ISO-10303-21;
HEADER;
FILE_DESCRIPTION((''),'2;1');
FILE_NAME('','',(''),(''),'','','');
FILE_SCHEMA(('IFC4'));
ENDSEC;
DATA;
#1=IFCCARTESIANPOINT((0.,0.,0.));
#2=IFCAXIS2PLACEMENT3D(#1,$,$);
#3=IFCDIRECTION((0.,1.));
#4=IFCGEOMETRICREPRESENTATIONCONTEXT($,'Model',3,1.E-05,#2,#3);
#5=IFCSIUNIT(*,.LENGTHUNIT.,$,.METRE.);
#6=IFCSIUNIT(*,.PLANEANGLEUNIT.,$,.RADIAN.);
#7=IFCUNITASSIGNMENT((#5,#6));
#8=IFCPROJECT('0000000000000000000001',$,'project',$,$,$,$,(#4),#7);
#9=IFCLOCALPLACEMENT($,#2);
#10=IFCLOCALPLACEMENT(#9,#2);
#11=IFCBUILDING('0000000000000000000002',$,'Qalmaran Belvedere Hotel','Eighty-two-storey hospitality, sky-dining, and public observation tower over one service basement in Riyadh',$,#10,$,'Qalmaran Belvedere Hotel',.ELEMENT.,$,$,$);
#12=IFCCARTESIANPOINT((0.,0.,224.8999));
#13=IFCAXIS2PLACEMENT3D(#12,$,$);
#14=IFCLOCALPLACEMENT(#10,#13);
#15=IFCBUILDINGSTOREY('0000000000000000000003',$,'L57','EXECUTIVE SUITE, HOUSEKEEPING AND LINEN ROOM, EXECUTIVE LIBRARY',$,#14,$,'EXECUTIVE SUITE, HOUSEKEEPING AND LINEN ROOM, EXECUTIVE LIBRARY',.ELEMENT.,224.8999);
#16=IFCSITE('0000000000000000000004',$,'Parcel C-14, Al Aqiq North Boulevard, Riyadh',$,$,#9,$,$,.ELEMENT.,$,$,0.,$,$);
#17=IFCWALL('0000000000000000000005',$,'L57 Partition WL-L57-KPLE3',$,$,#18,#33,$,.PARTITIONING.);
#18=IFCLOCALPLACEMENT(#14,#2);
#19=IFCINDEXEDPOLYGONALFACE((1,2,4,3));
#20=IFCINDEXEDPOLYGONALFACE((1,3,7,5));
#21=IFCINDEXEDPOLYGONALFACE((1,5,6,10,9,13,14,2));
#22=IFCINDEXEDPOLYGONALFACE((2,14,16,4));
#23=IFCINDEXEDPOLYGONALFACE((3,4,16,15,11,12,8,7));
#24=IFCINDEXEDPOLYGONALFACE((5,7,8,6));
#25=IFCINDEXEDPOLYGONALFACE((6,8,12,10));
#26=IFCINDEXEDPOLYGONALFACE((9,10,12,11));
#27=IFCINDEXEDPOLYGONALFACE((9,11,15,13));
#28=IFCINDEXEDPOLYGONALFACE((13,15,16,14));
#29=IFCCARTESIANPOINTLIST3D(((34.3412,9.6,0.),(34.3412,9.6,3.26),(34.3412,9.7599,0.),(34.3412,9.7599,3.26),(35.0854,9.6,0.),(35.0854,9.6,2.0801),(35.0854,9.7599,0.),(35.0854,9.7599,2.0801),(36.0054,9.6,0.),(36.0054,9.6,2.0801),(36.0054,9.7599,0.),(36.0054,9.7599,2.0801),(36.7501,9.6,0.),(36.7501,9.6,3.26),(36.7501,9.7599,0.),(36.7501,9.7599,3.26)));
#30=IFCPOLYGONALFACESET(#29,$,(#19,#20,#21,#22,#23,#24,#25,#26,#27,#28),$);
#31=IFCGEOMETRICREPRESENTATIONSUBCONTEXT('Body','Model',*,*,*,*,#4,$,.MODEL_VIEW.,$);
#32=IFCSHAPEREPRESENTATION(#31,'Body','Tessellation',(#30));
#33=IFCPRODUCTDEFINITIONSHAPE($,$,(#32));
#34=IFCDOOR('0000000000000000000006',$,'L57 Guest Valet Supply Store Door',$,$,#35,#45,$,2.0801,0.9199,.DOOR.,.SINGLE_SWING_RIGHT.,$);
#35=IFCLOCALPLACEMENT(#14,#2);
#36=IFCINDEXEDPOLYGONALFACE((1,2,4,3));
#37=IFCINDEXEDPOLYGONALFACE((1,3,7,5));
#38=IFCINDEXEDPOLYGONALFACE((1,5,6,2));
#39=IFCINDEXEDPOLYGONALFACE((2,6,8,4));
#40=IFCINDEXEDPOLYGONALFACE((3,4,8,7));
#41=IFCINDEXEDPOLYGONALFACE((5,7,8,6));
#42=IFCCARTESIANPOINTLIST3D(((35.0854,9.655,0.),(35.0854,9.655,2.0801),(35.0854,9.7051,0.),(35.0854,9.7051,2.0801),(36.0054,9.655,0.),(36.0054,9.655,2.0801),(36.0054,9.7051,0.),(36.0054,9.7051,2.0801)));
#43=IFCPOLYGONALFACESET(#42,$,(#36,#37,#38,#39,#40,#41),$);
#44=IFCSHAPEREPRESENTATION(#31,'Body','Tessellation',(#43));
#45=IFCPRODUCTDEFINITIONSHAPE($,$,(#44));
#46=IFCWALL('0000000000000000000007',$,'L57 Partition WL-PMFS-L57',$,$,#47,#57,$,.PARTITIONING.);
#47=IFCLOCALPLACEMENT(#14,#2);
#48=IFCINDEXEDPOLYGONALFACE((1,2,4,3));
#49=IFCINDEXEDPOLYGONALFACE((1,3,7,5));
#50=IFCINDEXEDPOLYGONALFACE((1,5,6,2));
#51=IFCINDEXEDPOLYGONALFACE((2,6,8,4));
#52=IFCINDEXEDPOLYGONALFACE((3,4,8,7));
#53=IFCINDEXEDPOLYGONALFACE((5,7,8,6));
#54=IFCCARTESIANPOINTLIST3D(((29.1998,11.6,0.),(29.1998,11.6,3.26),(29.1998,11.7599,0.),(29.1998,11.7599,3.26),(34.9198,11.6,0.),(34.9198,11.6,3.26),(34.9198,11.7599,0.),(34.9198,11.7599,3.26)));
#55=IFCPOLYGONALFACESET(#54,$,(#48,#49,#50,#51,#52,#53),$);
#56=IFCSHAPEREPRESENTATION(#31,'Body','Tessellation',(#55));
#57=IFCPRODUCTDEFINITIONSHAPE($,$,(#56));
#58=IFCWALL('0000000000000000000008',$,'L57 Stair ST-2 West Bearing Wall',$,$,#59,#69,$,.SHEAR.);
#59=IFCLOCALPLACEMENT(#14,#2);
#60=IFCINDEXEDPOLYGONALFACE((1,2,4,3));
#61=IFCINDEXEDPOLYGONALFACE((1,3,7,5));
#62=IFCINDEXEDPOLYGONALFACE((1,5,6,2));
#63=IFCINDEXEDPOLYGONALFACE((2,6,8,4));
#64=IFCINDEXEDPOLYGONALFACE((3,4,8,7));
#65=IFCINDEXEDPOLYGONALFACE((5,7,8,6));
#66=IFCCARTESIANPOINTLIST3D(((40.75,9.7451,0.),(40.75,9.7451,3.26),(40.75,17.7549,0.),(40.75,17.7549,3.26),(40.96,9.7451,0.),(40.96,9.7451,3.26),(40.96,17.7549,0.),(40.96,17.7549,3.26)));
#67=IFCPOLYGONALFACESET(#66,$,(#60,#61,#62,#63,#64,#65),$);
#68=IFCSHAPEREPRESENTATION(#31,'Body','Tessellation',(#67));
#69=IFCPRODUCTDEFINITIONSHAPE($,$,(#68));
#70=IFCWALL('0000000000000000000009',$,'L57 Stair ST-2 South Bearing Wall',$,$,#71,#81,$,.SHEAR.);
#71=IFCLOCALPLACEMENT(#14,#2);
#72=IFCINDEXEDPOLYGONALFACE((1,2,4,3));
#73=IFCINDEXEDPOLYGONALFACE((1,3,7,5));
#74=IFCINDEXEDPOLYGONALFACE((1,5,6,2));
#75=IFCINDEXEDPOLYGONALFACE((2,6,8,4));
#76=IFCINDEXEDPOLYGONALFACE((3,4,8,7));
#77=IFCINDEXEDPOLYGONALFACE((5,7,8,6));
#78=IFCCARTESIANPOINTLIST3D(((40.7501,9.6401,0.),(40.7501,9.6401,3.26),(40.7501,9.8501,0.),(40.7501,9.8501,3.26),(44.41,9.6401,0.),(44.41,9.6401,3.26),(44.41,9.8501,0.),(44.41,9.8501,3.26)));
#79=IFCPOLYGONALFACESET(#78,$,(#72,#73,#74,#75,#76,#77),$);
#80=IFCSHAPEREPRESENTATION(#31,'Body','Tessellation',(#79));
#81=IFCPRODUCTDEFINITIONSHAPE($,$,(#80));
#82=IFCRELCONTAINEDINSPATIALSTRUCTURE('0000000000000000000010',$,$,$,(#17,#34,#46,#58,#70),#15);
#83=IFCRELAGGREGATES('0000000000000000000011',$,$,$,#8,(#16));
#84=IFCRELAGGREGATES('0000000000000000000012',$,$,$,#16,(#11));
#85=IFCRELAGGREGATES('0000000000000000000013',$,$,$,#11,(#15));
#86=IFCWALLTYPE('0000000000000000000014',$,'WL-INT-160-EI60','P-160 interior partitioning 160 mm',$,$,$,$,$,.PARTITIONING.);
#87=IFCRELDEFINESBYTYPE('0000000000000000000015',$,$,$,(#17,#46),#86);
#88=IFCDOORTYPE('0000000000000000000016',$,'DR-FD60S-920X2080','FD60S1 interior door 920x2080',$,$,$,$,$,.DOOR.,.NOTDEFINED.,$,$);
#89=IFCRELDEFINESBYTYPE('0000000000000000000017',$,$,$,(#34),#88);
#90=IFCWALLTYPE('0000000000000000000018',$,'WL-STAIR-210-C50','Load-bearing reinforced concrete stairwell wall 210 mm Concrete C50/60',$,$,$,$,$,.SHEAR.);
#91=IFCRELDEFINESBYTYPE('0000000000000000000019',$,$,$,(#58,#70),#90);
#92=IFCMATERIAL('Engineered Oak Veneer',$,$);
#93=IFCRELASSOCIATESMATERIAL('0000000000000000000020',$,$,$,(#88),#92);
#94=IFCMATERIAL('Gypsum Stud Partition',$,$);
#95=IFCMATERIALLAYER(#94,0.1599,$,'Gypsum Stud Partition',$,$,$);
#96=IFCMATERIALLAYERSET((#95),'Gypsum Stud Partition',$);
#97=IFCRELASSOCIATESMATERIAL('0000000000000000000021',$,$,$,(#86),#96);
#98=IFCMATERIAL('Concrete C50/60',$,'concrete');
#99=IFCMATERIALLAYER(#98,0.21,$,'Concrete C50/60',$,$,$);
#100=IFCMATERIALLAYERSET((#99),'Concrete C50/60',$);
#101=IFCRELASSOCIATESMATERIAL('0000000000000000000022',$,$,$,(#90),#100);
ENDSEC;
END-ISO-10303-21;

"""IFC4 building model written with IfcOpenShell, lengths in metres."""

from ifc_helpers import new_model, si_unit, direction, frame, frame_2d, origin, place, context, subcontext, project, spatial, rectangle, extrude, material, layer, layer_set, type_object, element, fill, save


model = new_model("IFC4")

# Units and contexts
model_context = context("Model", 3, precision=1e-05, world=origin(), true_north=direction((0.0, 1.0)))
body_context = subcontext(model_context, "Body", "Model", "MODEL_VIEW")
ifc_project = project(units=[si_unit("LENGTHUNIT", "METRE"), si_unit("PLANEANGLEUNIT", "RADIAN")], contexts=[model_context])

# Site, building, storey
site_placement = place(None, origin())
site = spatial("IfcSite", under=ifc_project, at=site_placement, Name="Parcel C-14, Al Aqiq North Boulevard, Riyadh", CompositionType="ELEMENT", RefElevation=0.0)
building_placement = place(site_placement, origin())
building = spatial("IfcBuilding", under=site, at=building_placement, Name="Qalmaran Belvedere Hotel", Description="Eighty-two-storey hospitality, sky-dining, and public observation tower over one service basement in Riyadh", LongName="Qalmaran Belvedere Hotel", CompositionType="ELEMENT")
storey_placement = place(building_placement, frame((0.0, 0.0, 224.8999)))
storey = spatial("IfcBuildingStorey", under=building, at=storey_placement, Name="L57", Description="EXECUTIVE SUITE, HOUSEKEEPING AND LINEN ROOM, EXECUTIVE LIBRARY", LongName="EXECUTIVE SUITE, HOUSEKEEPING AND LINEN ROOM, EXECUTIVE LIBRARY", CompositionType="ELEMENT", Elevation=224.8999)

# Shared definitions
ifc_material_1 = material(Name="Concrete C50/60", Category="concrete")

# Shared definitions
ifc_material_2 = material(Name="Gypsum Stud Partition")

# Wall, opening, door
ifc_material_3 = material(Name="Engineered Oak Veneer")
door_type_1 = type_object("IfcDoorType", Name="DR-FD60S-920X2080", Description="FD60S1 interior door 920x2080", OperationType="NOTDEFINED", PredefinedType="DOOR", material=ifc_material_3)
ifc_layer_1 = layer(ifc_material_2, 0.1599, Name="Gypsum Stud Partition")
ifc_layer_set_1 = layer_set([ifc_layer_1], Name="Gypsum Stud Partition")
wall_type_1 = type_object("IfcWallType", Name="WL-INT-160-EI60", Description="P-160 interior partitioning 160 mm", PredefinedType="PARTITIONING", material=ifc_layer_set_1)
wall_1_placement = place(storey_placement, frame((34.3411, 9.6799, 0.0), z_axis=(0.0, 0.0, 1.0), x_axis=(1.0, 0.0, 0.0)))
wall_1 = element("IfcWall", 1, at=wall_1_placement, inside=storey, type_object=wall_type_1, Name="L57 Partition WL-L57-KPLE3", PredefinedType="PARTITIONING", context=body_context, shape_type="SweptSolid", body=[
    extrude(rectangle(XDim=2.4089, YDim=0.1599, at=frame_2d((1.2046, 0.0))), origin(), (0.0, 0.0, 1.0), 3.26),
])
opening_1_placement = place(wall_1_placement, frame((1.6643, 0.0, 0.0), z_axis=(0.0, 0.0, 1.0), x_axis=(-1.0, 0.0, 0.0)))
opening_1 = element("IfcOpeningElement", 2, at=opening_1_placement, cuts=wall_1, PredefinedType="OPENING", context=body_context, shape_type="SweptSolid", body=[
    extrude(rectangle(XDim=0.9199, YDim=2.0801, at=frame_2d((0.46, 1.04))), frame((0.0, 0.0898, 0.0), z_axis=(0.0, -1.0, 0.0), x_axis=(1.0, 0.0, 0.0)), (0.0, 0.0, 1.0), 0.1799),
])
door_1_placement = place(opening_1_placement, origin())
door_1 = element("IfcDoor", 3, at=door_1_placement, inside=storey, type_object=door_type_1, Name="L57 Guest Valet Supply Store Door", OperationType="SINGLE_SWING_RIGHT", OverallHeight=2.0801, OverallWidth=0.9199, PredefinedType="DOOR", context=body_context, shape_type="SweptSolid", body=[
    extrude(rectangle(XDim=0.9199, YDim=2.0801, at=frame_2d((0.46, 1.04))), frame((0.0, 0.0249, 0.0), z_axis=(0.0, -1.0, 0.0), x_axis=(1.0, 0.0, 0.0)), (0.0, 0.0, 1.0), 0.05),
])
fill(opening_1, door_1)

# Walls
wall_2_placement = place(storey_placement, frame((29.2, 11.6799, 0.0), z_axis=(0.0, 0.0, 1.0), x_axis=(1.0, 0.0, 0.0)))
element("IfcWall", 4, at=wall_2_placement, inside=storey, type_object=wall_type_1, Name="L57 Partition WL-PMFS-L57", PredefinedType="PARTITIONING", context=body_context, shape_type="SweptSolid", body=[
    extrude(rectangle(XDim=5.72, YDim=0.1599, at=frame_2d((2.8599, 0.0))), origin(), (0.0, 0.0, 1.0), 3.26),
])
ifc_layer_2 = layer(ifc_material_1, 0.21, Name="Concrete C50/60")
ifc_layer_set_2 = layer_set([ifc_layer_2], Name="Concrete C50/60")
wall_type_2 = type_object("IfcWallType", Name="WL-STAIR-210-C50", Description="Load-bearing reinforced concrete stairwell wall 210 mm Concrete C50/60", PredefinedType="SHEAR", material=ifc_layer_set_2)
wall_3_placement = place(storey_placement, frame((40.855, 9.7451, 0.0), z_axis=(0.0, 0.0, 1.0), x_axis=(0.0, 1.0, 0.0)))
element("IfcWall", 5, at=wall_3_placement, inside=storey, type_object=wall_type_2, Name="L57 Stair ST-2 West Bearing Wall", PredefinedType="SHEAR", context=body_context, shape_type="SweptSolid", body=[
    extrude(rectangle(XDim=8.0098, YDim=0.21, at=frame_2d((4.0049, 0.0))), origin(), (0.0, 0.0, 1.0), 3.26),
])
wall_4_placement = place(storey_placement, frame((40.75, 9.7451, 0.0), z_axis=(0.0, 0.0, 1.0), x_axis=(1.0, 0.0, 0.0)))
element("IfcWall", 6, at=wall_4_placement, inside=storey, type_object=wall_type_2, Name="L57 Stair ST-2 South Bearing Wall", PredefinedType="SHEAR", context=body_context, shape_type="SweptSolid", body=[
    extrude(rectangle(XDim=3.6599, YDim=0.21, at=frame_2d((1.8301, 0.0))), origin(), (0.0, 0.0, 1.0), 3.26),
])

save(model, "model.ifc")
